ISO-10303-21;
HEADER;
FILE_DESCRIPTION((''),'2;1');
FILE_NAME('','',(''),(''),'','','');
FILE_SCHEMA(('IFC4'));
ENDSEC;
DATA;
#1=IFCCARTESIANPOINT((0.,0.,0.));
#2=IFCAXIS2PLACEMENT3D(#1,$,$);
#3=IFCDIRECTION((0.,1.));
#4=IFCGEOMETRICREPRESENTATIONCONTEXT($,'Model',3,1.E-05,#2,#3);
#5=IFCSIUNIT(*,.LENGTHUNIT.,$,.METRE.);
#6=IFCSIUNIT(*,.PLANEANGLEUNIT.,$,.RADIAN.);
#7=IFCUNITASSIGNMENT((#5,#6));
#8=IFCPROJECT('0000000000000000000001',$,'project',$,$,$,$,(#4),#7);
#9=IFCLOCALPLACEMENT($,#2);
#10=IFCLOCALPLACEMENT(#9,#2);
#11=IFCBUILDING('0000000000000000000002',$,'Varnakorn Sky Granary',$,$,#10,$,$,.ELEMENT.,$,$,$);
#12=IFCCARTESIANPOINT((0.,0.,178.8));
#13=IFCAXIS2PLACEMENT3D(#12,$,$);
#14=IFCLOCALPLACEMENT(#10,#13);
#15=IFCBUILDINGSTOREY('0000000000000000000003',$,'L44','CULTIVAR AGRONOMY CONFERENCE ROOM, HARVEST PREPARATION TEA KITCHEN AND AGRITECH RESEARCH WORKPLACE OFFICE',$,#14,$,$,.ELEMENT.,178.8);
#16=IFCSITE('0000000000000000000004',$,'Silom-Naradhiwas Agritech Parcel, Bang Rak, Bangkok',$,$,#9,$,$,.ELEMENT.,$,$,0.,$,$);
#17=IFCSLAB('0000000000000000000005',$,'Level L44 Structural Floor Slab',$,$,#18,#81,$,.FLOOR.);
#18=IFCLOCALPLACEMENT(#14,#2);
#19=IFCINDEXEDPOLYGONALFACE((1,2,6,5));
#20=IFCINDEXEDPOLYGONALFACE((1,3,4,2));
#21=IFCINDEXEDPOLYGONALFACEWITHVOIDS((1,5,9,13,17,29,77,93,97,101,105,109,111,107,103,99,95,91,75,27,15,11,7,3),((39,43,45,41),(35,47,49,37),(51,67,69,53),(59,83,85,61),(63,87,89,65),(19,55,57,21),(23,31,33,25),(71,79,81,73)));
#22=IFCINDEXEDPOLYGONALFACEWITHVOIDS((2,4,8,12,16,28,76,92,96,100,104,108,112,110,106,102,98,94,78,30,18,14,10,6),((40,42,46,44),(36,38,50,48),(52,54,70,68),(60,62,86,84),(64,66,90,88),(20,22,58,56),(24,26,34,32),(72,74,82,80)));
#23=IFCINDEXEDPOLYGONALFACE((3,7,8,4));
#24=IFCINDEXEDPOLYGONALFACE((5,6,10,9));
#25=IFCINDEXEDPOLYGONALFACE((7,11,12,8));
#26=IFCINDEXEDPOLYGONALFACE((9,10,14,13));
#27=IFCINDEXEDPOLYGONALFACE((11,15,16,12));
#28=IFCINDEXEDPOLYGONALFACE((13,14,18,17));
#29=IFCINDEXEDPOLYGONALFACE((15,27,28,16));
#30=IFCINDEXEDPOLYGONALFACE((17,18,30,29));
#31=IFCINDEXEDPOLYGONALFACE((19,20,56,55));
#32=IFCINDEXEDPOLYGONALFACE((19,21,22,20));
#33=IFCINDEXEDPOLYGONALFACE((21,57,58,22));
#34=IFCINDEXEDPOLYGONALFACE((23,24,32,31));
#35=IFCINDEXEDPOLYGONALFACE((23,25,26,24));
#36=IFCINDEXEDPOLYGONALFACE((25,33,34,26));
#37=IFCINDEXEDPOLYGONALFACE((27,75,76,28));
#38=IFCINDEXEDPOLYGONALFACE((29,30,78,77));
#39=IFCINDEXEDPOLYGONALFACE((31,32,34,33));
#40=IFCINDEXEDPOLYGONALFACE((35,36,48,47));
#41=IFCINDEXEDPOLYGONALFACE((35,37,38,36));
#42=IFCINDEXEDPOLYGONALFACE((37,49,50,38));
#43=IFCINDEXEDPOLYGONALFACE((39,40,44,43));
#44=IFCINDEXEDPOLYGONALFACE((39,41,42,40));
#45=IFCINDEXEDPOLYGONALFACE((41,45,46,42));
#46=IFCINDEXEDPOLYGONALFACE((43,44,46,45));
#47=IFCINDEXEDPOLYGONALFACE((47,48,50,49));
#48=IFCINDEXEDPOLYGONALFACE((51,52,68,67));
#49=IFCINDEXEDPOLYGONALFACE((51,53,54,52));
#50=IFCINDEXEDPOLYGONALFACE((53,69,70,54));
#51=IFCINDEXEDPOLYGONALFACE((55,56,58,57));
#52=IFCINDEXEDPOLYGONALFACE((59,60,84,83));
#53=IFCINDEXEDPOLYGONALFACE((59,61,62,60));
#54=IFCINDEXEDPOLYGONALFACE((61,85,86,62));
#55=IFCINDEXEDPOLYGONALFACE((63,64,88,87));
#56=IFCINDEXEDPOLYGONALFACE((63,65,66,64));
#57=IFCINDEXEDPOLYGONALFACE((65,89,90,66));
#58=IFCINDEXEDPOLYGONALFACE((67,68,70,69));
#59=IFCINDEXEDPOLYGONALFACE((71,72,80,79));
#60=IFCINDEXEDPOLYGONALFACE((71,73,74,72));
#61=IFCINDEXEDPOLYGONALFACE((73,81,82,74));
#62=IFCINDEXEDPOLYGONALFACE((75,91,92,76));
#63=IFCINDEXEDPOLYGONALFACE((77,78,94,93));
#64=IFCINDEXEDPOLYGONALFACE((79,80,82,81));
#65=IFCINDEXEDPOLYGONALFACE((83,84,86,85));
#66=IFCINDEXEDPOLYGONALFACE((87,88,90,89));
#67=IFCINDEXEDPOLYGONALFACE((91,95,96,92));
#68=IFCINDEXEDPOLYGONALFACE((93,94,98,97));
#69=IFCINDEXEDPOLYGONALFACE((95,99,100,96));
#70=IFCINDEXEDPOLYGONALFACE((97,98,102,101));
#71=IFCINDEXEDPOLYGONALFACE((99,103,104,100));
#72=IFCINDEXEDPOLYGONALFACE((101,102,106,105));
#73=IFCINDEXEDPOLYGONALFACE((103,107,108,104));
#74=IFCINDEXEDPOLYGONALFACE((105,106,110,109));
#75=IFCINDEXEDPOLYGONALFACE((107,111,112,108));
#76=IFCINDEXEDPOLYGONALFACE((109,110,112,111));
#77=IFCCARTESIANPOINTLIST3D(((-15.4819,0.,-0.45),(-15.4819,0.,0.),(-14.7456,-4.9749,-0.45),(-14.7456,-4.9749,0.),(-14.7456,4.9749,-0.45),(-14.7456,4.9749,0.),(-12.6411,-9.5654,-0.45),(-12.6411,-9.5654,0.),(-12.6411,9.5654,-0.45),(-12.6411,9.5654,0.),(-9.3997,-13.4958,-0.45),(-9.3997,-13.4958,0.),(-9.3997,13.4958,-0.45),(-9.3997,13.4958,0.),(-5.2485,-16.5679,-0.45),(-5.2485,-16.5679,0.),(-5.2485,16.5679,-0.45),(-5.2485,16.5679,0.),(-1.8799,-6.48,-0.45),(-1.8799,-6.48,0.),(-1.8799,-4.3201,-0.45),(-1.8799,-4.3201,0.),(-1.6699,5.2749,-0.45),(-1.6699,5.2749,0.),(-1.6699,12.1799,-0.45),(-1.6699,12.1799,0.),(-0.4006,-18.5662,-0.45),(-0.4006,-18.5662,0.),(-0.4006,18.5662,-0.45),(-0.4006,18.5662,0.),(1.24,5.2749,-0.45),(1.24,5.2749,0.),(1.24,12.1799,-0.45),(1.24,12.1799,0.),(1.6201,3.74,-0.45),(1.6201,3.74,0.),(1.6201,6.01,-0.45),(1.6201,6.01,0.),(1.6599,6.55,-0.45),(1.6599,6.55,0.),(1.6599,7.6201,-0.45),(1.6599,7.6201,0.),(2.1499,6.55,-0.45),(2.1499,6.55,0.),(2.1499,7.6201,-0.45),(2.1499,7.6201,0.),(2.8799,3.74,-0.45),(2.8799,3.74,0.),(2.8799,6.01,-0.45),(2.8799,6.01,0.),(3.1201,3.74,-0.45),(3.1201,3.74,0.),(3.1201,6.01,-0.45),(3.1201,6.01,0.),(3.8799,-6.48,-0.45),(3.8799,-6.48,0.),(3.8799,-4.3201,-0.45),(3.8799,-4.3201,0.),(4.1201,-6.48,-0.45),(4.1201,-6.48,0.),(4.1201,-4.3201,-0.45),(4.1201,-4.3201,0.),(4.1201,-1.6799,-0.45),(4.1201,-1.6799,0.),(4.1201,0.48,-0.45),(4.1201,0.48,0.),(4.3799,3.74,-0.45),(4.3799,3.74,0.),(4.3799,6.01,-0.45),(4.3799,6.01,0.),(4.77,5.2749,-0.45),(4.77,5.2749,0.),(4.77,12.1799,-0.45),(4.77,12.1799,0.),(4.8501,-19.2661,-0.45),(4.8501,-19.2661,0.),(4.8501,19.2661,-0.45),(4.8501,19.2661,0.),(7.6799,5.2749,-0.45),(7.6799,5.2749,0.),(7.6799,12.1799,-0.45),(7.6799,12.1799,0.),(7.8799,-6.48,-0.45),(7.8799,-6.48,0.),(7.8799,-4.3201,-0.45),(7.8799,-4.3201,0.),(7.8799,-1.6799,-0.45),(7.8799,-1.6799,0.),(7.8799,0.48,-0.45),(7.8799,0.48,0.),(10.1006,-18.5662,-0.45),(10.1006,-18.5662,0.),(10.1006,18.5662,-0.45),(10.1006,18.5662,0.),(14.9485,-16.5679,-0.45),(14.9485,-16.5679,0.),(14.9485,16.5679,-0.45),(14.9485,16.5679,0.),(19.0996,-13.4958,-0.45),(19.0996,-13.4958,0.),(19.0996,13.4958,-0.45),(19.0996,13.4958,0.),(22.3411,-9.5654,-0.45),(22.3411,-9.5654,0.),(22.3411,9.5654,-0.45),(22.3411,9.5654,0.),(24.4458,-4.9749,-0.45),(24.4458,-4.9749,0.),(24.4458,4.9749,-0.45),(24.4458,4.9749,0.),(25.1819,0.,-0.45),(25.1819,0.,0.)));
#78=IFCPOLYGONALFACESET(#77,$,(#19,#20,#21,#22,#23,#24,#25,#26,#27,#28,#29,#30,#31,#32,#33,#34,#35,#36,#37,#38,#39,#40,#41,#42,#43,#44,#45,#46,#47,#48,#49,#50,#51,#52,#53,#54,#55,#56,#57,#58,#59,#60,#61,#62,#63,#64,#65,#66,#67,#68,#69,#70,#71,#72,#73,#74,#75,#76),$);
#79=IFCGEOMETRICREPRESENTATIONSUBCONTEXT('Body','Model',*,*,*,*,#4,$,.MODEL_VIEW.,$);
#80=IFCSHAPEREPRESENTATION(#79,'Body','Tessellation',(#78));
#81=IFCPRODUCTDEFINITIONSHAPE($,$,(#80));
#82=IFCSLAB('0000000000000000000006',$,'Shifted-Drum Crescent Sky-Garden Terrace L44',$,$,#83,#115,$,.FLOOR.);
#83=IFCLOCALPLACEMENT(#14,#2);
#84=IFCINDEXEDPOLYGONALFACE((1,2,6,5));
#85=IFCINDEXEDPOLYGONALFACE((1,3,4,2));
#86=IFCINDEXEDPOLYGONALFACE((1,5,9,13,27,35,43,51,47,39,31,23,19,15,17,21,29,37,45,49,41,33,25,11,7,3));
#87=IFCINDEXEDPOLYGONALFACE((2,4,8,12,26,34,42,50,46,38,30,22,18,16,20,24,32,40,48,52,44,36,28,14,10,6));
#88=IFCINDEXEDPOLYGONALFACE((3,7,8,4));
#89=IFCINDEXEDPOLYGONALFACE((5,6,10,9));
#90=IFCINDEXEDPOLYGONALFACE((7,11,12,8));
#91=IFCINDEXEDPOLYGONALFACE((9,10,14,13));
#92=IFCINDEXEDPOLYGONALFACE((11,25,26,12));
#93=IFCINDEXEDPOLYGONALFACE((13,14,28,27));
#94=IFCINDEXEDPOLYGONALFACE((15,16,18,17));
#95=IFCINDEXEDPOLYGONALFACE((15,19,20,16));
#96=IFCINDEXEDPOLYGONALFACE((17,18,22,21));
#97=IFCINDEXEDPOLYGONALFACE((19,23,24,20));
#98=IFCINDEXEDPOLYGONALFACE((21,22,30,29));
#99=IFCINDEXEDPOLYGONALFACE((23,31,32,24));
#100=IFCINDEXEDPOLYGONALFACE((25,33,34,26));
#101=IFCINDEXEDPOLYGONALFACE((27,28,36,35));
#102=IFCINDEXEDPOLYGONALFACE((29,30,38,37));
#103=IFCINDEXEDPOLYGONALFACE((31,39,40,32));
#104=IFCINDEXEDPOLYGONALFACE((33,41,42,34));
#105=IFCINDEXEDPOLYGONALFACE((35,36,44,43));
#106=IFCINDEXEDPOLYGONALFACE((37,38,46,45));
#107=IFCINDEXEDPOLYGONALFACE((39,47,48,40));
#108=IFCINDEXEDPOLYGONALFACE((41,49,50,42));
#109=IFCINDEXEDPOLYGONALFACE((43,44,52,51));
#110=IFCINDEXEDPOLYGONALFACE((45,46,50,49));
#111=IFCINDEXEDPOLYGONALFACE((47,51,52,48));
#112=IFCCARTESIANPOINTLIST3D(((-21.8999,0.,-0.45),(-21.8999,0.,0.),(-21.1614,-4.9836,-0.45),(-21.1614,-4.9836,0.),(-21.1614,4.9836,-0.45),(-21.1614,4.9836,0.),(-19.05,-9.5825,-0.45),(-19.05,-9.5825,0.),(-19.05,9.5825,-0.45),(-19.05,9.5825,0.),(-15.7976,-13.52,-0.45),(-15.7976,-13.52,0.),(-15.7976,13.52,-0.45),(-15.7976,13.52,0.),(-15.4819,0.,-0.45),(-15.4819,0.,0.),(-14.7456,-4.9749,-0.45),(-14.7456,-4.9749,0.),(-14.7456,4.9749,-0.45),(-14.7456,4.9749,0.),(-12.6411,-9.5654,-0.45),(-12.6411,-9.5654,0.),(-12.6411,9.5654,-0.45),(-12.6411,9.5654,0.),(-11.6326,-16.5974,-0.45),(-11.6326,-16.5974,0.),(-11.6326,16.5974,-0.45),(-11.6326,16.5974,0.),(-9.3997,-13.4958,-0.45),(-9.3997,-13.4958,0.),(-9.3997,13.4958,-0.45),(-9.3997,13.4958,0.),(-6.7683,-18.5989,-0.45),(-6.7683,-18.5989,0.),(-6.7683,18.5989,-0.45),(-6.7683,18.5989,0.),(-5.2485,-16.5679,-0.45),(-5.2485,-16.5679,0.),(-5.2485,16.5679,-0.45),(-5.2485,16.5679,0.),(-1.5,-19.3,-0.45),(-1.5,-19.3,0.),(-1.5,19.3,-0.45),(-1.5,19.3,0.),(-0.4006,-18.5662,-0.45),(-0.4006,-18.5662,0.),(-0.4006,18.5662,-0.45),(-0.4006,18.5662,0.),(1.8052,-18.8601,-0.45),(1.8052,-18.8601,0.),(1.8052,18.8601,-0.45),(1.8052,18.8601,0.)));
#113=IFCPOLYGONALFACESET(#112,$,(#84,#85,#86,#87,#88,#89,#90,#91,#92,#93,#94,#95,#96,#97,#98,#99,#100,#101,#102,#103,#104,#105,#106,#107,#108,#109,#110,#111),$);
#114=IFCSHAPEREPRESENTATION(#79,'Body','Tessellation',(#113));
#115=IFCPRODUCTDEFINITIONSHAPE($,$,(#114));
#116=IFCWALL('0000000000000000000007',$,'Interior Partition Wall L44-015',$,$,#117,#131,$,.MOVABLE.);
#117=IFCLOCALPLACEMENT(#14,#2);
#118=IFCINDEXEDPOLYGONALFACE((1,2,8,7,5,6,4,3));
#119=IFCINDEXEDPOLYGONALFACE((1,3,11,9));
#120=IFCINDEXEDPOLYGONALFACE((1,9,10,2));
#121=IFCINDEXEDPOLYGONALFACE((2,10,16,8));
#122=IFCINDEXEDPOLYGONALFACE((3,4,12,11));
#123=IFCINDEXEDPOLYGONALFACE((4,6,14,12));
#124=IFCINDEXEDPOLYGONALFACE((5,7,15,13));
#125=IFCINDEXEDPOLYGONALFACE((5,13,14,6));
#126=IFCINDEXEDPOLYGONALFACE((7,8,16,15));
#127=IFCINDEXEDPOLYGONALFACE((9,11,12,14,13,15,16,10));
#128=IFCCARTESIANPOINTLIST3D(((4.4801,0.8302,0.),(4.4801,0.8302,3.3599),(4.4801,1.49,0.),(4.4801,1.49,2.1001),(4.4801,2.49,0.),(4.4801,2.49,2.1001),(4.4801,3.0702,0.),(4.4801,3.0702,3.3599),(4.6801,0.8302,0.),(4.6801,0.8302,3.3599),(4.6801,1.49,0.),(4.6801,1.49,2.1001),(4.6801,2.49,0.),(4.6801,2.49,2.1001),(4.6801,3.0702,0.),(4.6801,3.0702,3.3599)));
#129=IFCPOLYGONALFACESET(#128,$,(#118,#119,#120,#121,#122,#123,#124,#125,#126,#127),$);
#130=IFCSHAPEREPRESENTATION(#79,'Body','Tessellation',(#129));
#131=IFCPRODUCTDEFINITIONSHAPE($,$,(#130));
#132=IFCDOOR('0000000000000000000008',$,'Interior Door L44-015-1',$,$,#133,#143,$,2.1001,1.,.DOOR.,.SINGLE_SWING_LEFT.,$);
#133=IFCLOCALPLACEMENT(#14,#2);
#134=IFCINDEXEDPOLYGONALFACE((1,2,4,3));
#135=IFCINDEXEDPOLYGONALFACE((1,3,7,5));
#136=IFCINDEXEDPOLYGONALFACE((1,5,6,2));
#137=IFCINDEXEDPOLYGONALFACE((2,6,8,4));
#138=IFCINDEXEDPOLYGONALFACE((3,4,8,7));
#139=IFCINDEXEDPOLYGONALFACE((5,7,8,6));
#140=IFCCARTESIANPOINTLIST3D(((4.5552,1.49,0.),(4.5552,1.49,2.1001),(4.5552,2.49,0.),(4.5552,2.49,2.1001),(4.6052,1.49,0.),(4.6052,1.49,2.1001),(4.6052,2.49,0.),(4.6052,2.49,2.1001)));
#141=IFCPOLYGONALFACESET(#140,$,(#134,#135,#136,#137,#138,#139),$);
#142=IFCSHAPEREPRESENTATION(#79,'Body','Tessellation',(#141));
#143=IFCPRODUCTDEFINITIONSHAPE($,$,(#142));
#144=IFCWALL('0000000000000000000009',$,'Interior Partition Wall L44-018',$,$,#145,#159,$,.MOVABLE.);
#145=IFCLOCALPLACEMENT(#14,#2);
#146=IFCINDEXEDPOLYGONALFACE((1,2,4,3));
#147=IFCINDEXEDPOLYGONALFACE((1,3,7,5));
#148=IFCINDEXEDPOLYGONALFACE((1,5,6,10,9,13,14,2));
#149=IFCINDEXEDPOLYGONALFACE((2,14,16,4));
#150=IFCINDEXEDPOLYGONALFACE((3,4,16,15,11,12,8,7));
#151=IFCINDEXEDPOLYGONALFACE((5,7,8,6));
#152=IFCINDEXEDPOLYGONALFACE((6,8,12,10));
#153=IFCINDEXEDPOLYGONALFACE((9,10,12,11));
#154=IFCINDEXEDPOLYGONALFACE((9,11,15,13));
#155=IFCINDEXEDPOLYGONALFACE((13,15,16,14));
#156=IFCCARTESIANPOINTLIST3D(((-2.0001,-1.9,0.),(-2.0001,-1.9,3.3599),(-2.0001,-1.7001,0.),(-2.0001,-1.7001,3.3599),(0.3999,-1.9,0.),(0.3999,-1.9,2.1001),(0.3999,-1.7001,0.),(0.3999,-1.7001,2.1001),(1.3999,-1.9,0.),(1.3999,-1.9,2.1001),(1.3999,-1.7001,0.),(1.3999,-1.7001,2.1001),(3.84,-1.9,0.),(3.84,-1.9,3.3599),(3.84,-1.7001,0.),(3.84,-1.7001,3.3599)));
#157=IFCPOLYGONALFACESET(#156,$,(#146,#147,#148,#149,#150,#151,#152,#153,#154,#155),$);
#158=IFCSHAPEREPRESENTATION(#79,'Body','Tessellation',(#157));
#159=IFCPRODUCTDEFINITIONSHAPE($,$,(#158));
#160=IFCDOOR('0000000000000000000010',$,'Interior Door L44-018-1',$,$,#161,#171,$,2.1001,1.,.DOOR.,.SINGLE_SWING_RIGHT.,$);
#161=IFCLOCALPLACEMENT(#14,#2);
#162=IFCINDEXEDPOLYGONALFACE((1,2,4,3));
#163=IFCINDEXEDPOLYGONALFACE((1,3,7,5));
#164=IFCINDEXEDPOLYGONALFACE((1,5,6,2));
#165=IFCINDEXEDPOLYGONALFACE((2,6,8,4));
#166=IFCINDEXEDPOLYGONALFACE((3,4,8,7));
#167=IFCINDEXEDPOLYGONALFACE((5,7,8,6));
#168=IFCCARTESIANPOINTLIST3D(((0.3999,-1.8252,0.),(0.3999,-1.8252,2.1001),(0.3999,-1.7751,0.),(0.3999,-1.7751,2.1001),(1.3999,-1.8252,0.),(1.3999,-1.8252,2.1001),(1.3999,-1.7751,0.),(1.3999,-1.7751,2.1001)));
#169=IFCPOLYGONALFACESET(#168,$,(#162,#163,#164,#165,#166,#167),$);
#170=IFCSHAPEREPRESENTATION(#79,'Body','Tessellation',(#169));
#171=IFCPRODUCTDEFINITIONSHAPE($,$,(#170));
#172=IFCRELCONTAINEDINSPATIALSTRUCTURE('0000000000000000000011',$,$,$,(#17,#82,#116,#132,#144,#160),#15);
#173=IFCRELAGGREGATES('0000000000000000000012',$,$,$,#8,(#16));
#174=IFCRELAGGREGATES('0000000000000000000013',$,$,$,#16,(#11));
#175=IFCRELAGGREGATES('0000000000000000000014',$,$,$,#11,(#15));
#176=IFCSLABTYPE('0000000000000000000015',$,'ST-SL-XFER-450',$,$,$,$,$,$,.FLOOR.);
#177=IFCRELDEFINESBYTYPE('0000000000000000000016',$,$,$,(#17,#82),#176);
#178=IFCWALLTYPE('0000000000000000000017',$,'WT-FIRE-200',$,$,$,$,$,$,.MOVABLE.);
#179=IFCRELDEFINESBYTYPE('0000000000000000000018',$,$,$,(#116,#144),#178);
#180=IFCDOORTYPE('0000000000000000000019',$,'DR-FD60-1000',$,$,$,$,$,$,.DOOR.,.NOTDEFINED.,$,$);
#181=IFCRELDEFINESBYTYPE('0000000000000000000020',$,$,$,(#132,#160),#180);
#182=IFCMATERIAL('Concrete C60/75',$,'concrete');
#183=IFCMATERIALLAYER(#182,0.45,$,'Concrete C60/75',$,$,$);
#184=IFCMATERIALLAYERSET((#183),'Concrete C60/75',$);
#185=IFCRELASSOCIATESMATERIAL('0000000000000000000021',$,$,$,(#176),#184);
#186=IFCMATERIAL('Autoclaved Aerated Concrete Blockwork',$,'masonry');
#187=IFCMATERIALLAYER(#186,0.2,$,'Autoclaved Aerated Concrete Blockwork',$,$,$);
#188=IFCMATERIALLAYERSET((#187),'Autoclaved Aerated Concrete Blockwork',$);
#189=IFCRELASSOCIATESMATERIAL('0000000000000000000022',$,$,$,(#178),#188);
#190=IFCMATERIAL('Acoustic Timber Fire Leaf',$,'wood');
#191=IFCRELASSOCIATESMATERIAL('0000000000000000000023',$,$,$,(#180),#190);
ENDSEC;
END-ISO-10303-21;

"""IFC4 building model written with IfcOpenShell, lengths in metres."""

from ifc_helpers import new_model, si_unit, direction, frame, frame_2d, origin, place, context, subcontext, project, spatial, polyline, rectangle, outline, extrude, material, layer, layer_set, type_object, element, fill, save


model = new_model("IFC4")

# Units and contexts
model_context = context("Model", 3, precision=1e-05, world=origin(), true_north=direction((0.0, 1.0)))
body_context = subcontext(model_context, "Body", "Model", "MODEL_VIEW")
ifc_project = project(units=[si_unit("LENGTHUNIT", "METRE"), si_unit("PLANEANGLEUNIT", "RADIAN")], contexts=[model_context])

# Site, building, storey
site_placement = place(None, origin())
site = spatial("IfcSite", under=ifc_project, at=site_placement, Name="Silom-Naradhiwas Agritech Parcel, Bang Rak, Bangkok", CompositionType="ELEMENT", RefElevation=0.0)
building_placement = place(site_placement, origin())
building = spatial("IfcBuilding", under=site, at=building_placement, Name="Varnakorn Sky Granary", CompositionType="ELEMENT")
storey_placement = place(building_placement, frame((0.0, 0.0, 178.8)))
storey = spatial("IfcBuildingStorey", under=building, at=storey_placement, Name="L44", Description="CULTIVAR AGRONOMY CONFERENCE ROOM, HARVEST PREPARATION TEA KITCHEN AND AGRITECH RESEARCH WORKPLACE OFFICE", CompositionType="ELEMENT", Elevation=178.8)

# Slabs
ifc_material_1 = material(Name="Concrete C60/75", Category="concrete")
ifc_layer_1 = layer(ifc_material_1, 0.45, Name="Concrete C60/75")
ifc_layer_set_1 = layer_set([ifc_layer_1], Name="Concrete C60/75")
slab_type_1 = type_object("IfcSlabType", Name="ST-SL-XFER-450", PredefinedType="FLOOR", material=ifc_layer_set_1)
slab_1_placement = place(storey_placement, frame((0.0, 0.0, -0.45)))
element("IfcSlab", 1, at=slab_1_placement, inside=storey, type_object=slab_type_1, Name="Level L44 Structural Floor Slab", PredefinedType="FLOOR", context=body_context, shape_type="SweptSolid", body=[
    extrude(outline(polyline([(25.1819, 0.0), (24.4458, 4.9749), (22.3411, 9.5654), (19.0996, 13.4958), (14.9485, 16.5679), (10.1006, 18.5662), (4.8501, 19.2661), (-0.4006, 18.5662), (-5.2485, 16.5679), (-9.3997, 13.4958), (-12.6411, 9.5654), (-14.7456, 4.9749), (-15.4819, 0.0), (-14.7456, -4.9749), (-12.6411, -9.5654), (-9.3997, -13.4958), (-5.2485, -16.5679), (-0.4006, -18.5662), (4.8501, -19.2661), (10.1006, -18.5662), (14.9485, -16.5679), (19.0996, -13.4958), (22.3411, -9.5654), (24.4458, -4.9749), (25.1819, 0.0)]), holes=[polyline([(1.24, 5.2749), (1.24, 12.1799), (-1.6699, 12.1799), (-1.6699, 5.2749), (1.24, 5.2749)]), polyline([(7.6799, 5.2749), (7.6799, 12.1799), (4.77, 12.1799), (4.77, 5.2749), (7.6799, 5.2749)]), polyline([(1.6599, 6.55), (2.1499, 6.55), (2.1499, 7.6201), (1.6599, 7.6201), (1.6599, 6.55)]), polyline([(1.6201, 3.74), (2.8799, 3.74), (2.8799, 6.01), (1.6201, 6.01), (1.6201, 3.74)]), polyline([(3.1201, 3.74), (4.3799, 3.74), (4.3799, 6.01), (3.1201, 6.01), (3.1201, 3.74)]), polyline([(4.1201, -1.6799), (7.8799, -1.6799), (7.8799, 0.48), (4.1201, 0.48), (4.1201, -1.6799)]), polyline([(-1.8799, -6.48), (3.8799, -6.48), (3.8799, -4.3201), (-1.8799, -4.3201), (-1.8799, -6.48)]), polyline([(4.1201, -6.48), (7.8799, -6.48), (7.8799, -4.3201), (4.1201, -4.3201), (4.1201, -6.48)])]), origin(), (0.0, 0.0, 1.0), 0.45),
])
slab_2_placement = place(storey_placement, frame((0.0, 0.0, -0.45)))
element("IfcSlab", 2, at=slab_2_placement, inside=storey, type_object=slab_type_1, Name="Shifted-Drum Crescent Sky-Garden Terrace L44", PredefinedType="FLOOR", context=body_context, shape_type="SweptSolid", body=[
    extrude(outline(polyline([(-1.5, -19.3), (-6.7683, -18.5989), (-11.6326, -16.5974), (-15.7976, -13.52), (-19.05, -9.5825), (-21.1614, -4.9836), (-21.8999, 0.0), (-21.1614, 4.9836), (-19.05, 9.5825), (-15.7976, 13.52), (-11.6326, 16.5974), (-6.7683, 18.5989), (-1.5, 19.3), (1.8052, 18.8601), (-0.4006, 18.5662), (-5.2485, 16.5679), (-9.3997, 13.4958), (-12.6411, 9.5654), (-14.7456, 4.9749), (-15.4819, 0.0), (-14.7456, -4.9749), (-12.6411, -9.5654), (-9.3997, -13.4958), (-5.2485, -16.5679), (-0.4006, -18.5662), (1.8052, -18.8601), (-1.5, -19.3)])), origin(), (0.0, 0.0, 1.0), 0.45),
])

# Walls, openings, doors
ifc_material_2 = material(Name="Autoclaved Aerated Concrete Blockwork", Category="masonry")
ifc_layer_2 = layer(ifc_material_2, 0.2, Name="Autoclaved Aerated Concrete Blockwork")
ifc_layer_set_2 = layer_set([ifc_layer_2], Name="Autoclaved Aerated Concrete Blockwork")
wall_type_1 = type_object("IfcWallType", Name="WT-FIRE-200", PredefinedType="MOVABLE", material=ifc_layer_set_2)
wall_1_placement = place(storey_placement, frame((4.5801, 0.8301, 0.0), z_axis=(0.0, 0.0, 1.0), x_axis=(0.0, 1.0, 0.0)))
wall_1 = element("IfcWall", 3, at=wall_1_placement, inside=storey, type_object=wall_type_1, Name="Interior Partition Wall L44-015", PredefinedType="MOVABLE", context=body_context, shape_type="SweptSolid", body=[
    extrude(rectangle(XDim=2.24, YDim=0.2, at=frame_2d((1.1201, 0.0))), origin(), (0.0, 0.0, 1.0), 3.3599),
])
opening_1_placement = place(wall_1_placement, frame((0.6599, 0.0, 0.0)))
opening_1 = element("IfcOpeningElement", 4, at=opening_1_placement, cuts=wall_1, PredefinedType="OPENING", context=body_context, shape_type="SweptSolid", body=[
    extrude(rectangle(XDim=1.0, YDim=2.1001, at=frame_2d((0.5, 1.05))), frame((0.0, 0.1099, 0.0), z_axis=(0.0, -1.0, 0.0), x_axis=(1.0, 0.0, 0.0)), (0.0, 0.0, 1.0), 0.22),
])
ifc_material_3 = material(Name="Acoustic Timber Fire Leaf", Category="wood")
door_type_1 = type_object("IfcDoorType", Name="DR-FD60-1000", OperationType="NOTDEFINED", PredefinedType="DOOR", material=ifc_material_3)
door_1_placement = place(opening_1_placement, origin())
door_1 = element("IfcDoor", 5, at=door_1_placement, inside=storey, type_object=door_type_1, Name="Interior Door L44-015-1", OperationType="SINGLE_SWING_LEFT", OverallHeight=2.1001, OverallWidth=1.0, PredefinedType="DOOR", context=body_context, shape_type="SweptSolid", body=[
    extrude(rectangle(XDim=1.0, YDim=2.1001, at=frame_2d((0.5, 1.05))), frame((0.0, 0.0249, 0.0), z_axis=(0.0, -1.0, 0.0), x_axis=(1.0, 0.0, 0.0)), (0.0, 0.0, 1.0), 0.05),
])
fill(opening_1, door_1)
wall_2_placement = place(storey_placement, frame((-2.0, -1.8, 0.0), z_axis=(0.0, 0.0, 1.0), x_axis=(1.0, 0.0, 0.0)))
wall_2 = element("IfcWall", 6, at=wall_2_placement, inside=storey, type_object=wall_type_1, Name="Interior Partition Wall L44-018", PredefinedType="MOVABLE", context=body_context, shape_type="SweptSolid", body=[
    extrude(rectangle(XDim=5.8401, YDim=0.2, at=frame_2d((2.9199, 0.0))), origin(), (0.0, 0.0, 1.0), 3.3599),
])
opening_2_placement = place(wall_2_placement, frame((2.3999, 0.0, 0.0)))
opening_2 = element("IfcOpeningElement", 7, at=opening_2_placement, cuts=wall_2, PredefinedType="OPENING", context=body_context, shape_type="SweptSolid", body=[
    extrude(rectangle(XDim=1.0, YDim=2.1001, at=frame_2d((0.5, 1.05))), frame((0.0, 0.1099, 0.0), z_axis=(0.0, -1.0, 0.0), x_axis=(1.0, 0.0, 0.0)), (0.0, 0.0, 1.0), 0.22),
])
door_2_placement = place(opening_2_placement, origin())
door_2 = element("IfcDoor", 8, at=door_2_placement, inside=storey, type_object=door_type_1, Name="Interior Door L44-018-1", OperationType="SINGLE_SWING_RIGHT", OverallHeight=2.1001, OverallWidth=1.0, PredefinedType="DOOR", context=body_context, shape_type="SweptSolid", body=[
    extrude(rectangle(XDim=1.0, YDim=2.1001, at=frame_2d((0.5, 1.05))), frame((0.0, 0.0249, 0.0), z_axis=(0.0, -1.0, 0.0), x_axis=(1.0, 0.0, 0.0)), (0.0, 0.0, 1.0), 0.05),
])
fill(opening_2, door_2)

save(model, "model.ifc")
